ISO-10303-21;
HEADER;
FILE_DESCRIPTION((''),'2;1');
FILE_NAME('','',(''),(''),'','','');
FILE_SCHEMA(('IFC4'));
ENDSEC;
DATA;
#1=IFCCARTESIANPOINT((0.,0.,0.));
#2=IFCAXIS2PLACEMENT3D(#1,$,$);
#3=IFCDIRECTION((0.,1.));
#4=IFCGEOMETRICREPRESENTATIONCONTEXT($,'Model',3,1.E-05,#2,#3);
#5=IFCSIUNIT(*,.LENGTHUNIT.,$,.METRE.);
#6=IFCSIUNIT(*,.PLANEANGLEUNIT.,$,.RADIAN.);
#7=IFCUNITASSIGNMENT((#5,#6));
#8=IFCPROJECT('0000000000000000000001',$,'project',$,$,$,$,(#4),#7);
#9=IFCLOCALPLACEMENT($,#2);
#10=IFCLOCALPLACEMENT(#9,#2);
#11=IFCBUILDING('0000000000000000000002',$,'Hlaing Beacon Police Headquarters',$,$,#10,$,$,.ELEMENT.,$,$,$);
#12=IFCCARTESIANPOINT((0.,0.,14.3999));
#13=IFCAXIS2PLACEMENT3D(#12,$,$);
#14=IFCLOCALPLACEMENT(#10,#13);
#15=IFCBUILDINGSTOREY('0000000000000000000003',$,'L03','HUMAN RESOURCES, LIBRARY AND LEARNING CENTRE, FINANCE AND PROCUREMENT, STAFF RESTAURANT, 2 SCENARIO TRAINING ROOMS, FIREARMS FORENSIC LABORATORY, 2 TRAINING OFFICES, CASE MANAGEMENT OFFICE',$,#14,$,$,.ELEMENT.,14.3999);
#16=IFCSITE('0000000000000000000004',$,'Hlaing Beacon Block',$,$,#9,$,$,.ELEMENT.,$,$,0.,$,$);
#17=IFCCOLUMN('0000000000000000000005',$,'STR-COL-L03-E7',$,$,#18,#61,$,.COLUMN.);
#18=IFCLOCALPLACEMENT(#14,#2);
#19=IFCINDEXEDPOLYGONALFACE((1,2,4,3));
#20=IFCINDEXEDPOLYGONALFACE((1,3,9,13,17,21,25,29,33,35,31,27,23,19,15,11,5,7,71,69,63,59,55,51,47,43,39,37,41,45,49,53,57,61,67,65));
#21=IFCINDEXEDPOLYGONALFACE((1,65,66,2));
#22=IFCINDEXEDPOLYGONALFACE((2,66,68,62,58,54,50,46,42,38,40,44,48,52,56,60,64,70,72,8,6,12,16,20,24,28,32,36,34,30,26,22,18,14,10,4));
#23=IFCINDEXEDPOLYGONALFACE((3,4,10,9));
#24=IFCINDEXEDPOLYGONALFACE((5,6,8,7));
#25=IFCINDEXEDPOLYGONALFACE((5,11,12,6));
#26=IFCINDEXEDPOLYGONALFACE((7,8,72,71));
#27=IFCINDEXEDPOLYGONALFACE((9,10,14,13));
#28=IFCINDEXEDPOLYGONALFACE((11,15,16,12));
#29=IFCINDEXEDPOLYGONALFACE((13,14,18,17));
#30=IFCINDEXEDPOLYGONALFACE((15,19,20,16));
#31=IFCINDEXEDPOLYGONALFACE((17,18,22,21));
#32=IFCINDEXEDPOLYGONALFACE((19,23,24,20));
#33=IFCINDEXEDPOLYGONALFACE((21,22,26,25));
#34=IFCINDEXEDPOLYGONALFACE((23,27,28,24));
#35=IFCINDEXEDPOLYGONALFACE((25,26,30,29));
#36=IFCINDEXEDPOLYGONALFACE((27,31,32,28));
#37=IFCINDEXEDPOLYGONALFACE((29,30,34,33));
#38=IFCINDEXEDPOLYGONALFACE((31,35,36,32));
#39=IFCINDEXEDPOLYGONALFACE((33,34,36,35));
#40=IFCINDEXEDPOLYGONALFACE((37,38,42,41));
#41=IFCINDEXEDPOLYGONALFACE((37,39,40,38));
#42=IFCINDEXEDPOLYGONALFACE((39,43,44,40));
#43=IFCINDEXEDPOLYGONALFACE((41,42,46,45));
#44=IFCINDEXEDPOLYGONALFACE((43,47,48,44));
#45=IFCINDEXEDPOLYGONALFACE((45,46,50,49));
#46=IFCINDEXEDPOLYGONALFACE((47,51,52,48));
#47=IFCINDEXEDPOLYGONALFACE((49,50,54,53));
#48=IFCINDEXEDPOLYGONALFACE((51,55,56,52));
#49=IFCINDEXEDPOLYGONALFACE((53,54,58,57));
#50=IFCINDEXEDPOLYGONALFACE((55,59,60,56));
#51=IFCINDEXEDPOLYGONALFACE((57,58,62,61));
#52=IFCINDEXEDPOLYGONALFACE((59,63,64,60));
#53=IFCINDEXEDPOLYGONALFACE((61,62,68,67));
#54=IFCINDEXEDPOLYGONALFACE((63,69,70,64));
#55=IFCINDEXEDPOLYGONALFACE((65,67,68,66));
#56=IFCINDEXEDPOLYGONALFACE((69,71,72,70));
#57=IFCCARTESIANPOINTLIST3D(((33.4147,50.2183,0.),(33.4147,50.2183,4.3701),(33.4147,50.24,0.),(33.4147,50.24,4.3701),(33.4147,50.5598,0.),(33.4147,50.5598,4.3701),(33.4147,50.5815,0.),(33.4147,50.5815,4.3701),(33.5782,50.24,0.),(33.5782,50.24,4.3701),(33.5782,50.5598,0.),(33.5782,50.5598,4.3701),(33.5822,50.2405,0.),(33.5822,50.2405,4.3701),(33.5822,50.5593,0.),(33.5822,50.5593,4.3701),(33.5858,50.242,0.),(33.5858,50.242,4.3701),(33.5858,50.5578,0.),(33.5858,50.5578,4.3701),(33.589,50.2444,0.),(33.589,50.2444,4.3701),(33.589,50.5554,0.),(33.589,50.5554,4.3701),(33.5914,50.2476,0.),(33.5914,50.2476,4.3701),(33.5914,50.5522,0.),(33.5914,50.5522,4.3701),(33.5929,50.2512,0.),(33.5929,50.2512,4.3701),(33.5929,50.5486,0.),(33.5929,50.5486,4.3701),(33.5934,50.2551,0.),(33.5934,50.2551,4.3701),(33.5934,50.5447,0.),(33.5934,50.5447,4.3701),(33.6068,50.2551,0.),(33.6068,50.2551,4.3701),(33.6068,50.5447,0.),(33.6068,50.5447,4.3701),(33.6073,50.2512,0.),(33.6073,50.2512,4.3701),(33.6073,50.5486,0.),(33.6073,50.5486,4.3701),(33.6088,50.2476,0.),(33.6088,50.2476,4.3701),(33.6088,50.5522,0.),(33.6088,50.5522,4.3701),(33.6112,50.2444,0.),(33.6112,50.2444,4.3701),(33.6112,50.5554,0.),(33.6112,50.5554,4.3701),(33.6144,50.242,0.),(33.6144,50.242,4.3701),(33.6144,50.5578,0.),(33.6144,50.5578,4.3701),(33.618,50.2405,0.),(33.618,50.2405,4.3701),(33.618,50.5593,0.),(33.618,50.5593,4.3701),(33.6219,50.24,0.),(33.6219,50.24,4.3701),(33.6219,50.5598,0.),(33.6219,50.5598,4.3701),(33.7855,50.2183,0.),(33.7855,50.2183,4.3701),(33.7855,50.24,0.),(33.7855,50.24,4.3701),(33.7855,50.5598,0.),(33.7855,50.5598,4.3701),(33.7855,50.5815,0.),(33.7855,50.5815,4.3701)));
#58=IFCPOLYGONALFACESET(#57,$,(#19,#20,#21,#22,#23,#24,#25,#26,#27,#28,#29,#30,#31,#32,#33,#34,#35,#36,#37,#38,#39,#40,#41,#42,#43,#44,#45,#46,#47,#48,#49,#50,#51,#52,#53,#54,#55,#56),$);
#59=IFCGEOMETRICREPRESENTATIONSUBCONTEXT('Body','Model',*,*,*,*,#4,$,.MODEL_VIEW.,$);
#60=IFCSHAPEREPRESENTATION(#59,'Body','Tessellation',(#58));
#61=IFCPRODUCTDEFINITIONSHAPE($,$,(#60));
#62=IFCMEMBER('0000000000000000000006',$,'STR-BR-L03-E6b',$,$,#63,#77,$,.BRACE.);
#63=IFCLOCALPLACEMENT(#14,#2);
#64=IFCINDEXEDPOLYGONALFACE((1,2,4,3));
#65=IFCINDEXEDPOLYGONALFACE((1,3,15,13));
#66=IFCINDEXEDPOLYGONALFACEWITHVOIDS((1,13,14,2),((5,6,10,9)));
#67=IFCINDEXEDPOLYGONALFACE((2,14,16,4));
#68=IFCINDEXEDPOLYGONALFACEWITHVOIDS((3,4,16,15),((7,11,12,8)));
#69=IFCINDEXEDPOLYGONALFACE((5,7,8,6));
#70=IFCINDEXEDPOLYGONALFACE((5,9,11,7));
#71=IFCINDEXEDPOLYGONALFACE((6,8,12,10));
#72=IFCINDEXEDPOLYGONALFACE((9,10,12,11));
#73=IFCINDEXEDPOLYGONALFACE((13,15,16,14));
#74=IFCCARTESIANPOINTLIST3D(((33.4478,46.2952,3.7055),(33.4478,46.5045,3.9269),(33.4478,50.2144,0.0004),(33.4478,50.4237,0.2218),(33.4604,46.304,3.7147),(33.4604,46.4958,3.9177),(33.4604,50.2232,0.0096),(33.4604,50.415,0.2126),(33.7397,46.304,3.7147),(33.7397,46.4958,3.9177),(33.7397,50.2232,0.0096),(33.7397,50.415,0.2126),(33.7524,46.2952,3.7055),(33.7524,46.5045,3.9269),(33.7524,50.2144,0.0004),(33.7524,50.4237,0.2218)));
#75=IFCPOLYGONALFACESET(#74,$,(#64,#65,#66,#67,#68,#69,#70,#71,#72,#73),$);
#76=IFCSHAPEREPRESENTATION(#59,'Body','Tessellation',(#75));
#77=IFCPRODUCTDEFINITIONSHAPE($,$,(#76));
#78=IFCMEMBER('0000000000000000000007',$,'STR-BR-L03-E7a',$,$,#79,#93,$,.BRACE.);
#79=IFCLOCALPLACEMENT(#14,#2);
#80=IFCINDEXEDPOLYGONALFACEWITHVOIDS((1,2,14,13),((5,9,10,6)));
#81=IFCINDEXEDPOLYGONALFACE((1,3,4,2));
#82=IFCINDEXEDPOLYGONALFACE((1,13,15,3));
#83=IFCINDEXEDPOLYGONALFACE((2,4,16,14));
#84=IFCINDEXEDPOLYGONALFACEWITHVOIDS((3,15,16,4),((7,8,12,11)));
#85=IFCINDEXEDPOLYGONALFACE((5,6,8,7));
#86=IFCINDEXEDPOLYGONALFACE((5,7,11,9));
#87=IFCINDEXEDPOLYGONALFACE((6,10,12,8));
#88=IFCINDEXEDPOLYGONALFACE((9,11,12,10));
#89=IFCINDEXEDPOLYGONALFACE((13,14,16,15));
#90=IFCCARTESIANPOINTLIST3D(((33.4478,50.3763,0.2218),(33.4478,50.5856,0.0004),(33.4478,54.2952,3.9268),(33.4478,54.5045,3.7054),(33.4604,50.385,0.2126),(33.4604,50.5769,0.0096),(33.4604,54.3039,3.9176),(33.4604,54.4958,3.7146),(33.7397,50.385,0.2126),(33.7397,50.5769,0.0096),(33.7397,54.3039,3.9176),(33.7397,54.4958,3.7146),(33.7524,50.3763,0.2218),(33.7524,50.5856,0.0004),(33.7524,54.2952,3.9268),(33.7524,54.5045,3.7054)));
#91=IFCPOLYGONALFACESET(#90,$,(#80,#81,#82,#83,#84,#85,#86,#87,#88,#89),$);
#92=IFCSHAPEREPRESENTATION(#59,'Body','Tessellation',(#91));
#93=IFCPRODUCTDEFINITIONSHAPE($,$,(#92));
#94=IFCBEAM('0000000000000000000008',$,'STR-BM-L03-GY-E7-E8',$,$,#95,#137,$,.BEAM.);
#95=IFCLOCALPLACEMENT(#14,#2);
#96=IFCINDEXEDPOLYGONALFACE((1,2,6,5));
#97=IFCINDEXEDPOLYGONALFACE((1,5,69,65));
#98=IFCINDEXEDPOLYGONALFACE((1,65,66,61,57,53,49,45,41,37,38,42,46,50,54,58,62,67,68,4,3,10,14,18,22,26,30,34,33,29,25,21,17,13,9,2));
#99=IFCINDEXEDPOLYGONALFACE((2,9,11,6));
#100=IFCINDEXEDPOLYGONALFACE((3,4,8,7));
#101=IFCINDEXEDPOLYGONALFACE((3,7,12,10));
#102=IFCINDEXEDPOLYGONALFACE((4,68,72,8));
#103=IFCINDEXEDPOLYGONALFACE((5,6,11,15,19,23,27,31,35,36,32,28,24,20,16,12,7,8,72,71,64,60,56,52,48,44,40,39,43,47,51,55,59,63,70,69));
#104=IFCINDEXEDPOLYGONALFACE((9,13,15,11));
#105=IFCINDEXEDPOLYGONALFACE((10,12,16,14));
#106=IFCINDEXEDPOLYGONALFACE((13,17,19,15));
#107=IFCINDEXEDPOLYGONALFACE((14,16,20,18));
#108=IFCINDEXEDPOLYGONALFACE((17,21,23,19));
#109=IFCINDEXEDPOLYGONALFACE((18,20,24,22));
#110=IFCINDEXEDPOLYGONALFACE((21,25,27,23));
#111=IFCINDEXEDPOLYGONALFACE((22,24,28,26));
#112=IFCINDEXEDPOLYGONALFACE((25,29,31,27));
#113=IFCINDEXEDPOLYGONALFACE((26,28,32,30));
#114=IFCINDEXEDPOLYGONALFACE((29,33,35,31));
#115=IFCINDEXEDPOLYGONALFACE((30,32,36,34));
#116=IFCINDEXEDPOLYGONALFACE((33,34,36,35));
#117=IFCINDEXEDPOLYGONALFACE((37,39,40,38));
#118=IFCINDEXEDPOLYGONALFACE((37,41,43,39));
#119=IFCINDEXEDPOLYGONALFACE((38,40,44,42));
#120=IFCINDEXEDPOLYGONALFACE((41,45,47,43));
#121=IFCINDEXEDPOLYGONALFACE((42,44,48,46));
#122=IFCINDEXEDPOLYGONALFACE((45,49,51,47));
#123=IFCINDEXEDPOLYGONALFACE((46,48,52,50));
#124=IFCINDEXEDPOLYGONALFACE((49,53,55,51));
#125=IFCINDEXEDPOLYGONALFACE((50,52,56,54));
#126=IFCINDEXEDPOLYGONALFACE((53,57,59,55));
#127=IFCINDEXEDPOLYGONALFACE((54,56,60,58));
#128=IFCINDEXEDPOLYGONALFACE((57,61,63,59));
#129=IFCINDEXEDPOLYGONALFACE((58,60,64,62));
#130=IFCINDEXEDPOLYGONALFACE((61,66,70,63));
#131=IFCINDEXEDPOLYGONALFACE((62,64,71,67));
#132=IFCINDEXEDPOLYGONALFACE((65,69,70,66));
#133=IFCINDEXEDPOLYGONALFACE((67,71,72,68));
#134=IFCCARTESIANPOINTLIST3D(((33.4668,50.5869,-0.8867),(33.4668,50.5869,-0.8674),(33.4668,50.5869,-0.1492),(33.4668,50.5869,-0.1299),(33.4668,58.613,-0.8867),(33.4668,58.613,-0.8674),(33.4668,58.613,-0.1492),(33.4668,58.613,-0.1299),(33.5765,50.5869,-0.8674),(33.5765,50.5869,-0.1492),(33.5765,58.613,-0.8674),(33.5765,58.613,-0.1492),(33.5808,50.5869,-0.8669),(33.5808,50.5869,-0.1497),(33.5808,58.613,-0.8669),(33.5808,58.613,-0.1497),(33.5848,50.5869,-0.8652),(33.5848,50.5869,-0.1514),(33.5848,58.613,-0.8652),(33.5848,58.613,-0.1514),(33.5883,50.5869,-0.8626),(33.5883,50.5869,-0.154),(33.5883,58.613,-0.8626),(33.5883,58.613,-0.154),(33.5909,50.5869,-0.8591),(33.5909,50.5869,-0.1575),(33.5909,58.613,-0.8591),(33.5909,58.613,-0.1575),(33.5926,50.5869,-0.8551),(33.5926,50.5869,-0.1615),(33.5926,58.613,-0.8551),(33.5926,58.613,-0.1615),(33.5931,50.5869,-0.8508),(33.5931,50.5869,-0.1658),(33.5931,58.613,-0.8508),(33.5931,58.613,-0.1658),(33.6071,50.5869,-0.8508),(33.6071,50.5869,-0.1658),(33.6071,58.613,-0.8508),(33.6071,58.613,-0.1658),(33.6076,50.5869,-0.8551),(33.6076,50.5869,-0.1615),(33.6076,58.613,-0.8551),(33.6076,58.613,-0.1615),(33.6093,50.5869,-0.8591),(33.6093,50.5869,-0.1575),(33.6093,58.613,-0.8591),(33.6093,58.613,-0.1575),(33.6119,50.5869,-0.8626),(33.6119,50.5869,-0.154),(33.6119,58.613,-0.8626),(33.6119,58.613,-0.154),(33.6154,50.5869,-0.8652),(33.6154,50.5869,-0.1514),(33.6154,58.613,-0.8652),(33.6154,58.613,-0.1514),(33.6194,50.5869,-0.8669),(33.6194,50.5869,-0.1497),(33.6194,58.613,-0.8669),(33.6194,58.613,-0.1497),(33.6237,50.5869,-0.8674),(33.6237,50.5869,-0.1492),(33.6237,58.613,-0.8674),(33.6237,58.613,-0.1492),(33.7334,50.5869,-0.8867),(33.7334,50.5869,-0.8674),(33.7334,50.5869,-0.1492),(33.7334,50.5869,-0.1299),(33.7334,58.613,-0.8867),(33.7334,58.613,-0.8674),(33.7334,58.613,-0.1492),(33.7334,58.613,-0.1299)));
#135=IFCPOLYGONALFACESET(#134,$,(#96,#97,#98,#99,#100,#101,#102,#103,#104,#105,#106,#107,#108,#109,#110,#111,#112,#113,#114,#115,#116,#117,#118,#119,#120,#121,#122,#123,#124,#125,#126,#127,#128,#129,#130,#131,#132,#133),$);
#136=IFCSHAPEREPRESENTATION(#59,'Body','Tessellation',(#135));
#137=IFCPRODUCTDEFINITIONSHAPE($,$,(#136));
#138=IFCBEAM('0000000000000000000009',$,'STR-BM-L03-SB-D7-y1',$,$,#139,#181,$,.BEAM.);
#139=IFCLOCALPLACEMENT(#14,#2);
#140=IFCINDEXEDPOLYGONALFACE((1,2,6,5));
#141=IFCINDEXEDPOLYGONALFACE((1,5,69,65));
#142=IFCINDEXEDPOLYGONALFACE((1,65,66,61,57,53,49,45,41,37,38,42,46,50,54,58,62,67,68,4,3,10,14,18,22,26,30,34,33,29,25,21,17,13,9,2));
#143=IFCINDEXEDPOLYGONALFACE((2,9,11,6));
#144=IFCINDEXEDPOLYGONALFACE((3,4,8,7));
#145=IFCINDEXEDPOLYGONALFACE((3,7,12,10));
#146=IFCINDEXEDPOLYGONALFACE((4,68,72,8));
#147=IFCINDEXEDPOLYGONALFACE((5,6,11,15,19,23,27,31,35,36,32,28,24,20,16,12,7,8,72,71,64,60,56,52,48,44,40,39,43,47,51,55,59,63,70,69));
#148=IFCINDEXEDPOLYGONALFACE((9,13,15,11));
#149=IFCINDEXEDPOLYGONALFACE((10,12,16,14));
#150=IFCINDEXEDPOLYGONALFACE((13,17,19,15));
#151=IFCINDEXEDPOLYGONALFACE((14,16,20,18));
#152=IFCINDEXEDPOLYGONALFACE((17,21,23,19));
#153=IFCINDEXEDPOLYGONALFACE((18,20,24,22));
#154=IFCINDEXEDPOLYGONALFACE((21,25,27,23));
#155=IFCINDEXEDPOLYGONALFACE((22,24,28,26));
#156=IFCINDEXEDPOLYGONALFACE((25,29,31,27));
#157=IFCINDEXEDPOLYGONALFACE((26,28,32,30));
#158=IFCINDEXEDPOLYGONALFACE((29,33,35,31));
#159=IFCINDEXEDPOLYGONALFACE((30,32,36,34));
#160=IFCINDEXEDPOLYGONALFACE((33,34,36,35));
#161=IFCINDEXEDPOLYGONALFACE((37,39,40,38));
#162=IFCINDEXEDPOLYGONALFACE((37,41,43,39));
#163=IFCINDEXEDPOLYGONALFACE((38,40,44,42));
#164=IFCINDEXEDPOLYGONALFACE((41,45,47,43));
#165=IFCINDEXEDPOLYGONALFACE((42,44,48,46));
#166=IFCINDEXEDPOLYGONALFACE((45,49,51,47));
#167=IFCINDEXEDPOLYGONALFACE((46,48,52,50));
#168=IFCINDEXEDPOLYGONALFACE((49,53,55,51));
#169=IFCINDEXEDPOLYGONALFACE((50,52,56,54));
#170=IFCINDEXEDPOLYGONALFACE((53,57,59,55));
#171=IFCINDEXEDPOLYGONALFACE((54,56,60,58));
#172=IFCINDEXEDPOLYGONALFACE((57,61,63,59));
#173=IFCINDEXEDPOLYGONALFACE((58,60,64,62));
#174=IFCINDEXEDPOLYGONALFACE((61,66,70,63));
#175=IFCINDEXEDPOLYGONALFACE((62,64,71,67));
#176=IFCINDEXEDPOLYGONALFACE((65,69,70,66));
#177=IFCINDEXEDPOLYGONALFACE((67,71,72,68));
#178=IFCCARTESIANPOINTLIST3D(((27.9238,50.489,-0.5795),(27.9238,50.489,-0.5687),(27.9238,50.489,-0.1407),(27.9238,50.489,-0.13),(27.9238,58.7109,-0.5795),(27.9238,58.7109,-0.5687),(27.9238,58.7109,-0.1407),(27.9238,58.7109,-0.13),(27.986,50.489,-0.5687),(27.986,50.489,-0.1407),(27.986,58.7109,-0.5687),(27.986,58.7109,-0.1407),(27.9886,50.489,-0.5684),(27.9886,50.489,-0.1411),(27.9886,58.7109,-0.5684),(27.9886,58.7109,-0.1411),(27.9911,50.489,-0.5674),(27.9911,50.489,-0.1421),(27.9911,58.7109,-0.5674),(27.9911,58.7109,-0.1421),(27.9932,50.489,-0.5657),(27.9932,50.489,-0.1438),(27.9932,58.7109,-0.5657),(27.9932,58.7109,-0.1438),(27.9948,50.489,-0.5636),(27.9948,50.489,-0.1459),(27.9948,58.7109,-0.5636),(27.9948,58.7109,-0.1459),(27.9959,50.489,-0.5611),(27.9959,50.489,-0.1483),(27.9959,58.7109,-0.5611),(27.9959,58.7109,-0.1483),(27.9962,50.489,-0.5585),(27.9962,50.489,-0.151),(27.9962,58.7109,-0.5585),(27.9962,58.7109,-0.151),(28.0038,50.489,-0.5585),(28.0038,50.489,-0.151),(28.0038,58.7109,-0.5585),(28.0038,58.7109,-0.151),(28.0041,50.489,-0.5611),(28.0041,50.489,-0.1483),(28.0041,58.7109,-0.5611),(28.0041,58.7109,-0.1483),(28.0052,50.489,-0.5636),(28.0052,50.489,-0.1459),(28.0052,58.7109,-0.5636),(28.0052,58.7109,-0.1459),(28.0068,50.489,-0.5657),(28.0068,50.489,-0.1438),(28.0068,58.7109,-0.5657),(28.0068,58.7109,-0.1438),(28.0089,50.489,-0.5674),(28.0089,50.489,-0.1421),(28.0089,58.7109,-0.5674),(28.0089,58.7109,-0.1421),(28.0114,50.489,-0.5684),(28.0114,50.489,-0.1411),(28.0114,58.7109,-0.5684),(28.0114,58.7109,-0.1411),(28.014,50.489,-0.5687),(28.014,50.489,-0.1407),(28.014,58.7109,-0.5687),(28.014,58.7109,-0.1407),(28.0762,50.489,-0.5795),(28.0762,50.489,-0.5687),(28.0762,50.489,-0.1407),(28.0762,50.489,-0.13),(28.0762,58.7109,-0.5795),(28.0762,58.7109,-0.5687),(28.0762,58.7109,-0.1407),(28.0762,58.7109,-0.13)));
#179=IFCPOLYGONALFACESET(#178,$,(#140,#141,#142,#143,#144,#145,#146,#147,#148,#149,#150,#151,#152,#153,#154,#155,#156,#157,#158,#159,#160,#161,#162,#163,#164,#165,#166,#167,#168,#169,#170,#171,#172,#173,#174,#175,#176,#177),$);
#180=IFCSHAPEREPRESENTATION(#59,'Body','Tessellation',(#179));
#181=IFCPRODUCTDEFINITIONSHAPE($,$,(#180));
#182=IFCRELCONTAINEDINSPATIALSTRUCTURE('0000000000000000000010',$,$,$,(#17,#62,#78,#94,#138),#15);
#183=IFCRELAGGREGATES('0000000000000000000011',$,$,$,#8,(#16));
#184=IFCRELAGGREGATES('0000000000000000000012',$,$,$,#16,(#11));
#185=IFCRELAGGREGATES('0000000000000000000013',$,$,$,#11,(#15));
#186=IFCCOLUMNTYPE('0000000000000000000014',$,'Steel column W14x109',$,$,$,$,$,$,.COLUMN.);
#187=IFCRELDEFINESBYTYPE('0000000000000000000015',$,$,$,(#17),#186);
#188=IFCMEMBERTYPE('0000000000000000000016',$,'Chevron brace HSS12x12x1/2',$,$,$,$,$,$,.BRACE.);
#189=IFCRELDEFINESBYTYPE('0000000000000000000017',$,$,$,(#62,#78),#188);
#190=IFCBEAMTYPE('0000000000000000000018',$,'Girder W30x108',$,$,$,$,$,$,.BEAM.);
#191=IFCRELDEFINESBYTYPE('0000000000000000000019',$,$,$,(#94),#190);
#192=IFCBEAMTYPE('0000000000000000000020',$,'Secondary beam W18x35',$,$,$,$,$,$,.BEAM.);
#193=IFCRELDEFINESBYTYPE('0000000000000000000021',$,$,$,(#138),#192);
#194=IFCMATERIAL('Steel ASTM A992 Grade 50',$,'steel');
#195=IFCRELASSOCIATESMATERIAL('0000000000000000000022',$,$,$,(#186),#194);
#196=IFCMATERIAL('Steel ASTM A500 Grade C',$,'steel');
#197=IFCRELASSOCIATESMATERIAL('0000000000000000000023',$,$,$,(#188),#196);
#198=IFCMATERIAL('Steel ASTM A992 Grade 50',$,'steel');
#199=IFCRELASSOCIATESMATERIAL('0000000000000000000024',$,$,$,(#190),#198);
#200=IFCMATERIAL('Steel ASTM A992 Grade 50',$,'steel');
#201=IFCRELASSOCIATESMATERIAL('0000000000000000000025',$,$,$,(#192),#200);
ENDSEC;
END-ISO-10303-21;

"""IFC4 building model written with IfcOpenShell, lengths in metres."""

from ifc_helpers import new_model, si_unit, direction, frame, origin, origin_2d, place, context, subcontext, project, spatial, hollow_rectangle, i_section, extrude, material, material_profile, profile_set, type_object, element, save


model = new_model("IFC4")

# Units and contexts
model_context = context("Model", 3, precision=1e-05, world=origin(), true_north=direction((0.0, 1.0)))
body_context = subcontext(model_context, "Body", "Model", "MODEL_VIEW")
ifc_project = project(units=[si_unit("LENGTHUNIT", "METRE"), si_unit("PLANEANGLEUNIT", "RADIAN")], contexts=[model_context])

# Site, building, storey
site_placement = place(None, origin())
site = spatial("IfcSite", under=ifc_project, at=site_placement, Name="Hlaing Beacon Block", CompositionType="ELEMENT", RefElevation=0.0)
building_placement = place(site_placement, origin())
building = spatial("IfcBuilding", under=site, at=building_placement, Name="Hlaing Beacon Police Headquarters", CompositionType="ELEMENT")
storey_placement = place(building_placement, frame((0.0, 0.0, 14.3999)))
storey = spatial("IfcBuildingStorey", under=building, at=storey_placement, Name="L03", Description="HUMAN RESOURCES, LIBRARY AND LEARNING CENTRE, FINANCE AND PROCUREMENT, STAFF RESTAURANT, 2 SCENARIO TRAINING ROOMS, FIREARMS FORENSIC LABORATORY, 2 TRAINING OFFICES, CASE MANAGEMENT OFFICE", CompositionType="ELEMENT", Elevation=14.3999)

# Column
ifc_material_1 = material(Name="Steel ASTM A992 Grade 50", Category="steel")
ifc_material_profile_1 = material_profile(ifc_material_1, i_section(OverallWidth=0.3708, OverallDepth=0.3633, WebThickness=0.0134, FlangeThickness=0.0217, FilletRadius=0.0151, at=origin_2d()), Name="W14x109")
ifc_profile_set_1 = profile_set([ifc_material_profile_1], Name="Steel ASTM A992 Grade 50")
column_type = type_object("IfcColumnType", Name="Steel column W14x109", PredefinedType="COLUMN", material=ifc_profile_set_1)
column_placement = place(storey_placement, frame((33.6001, 50.3999, 0.0), z_axis=(0.0, 0.0, 1.0), x_axis=(1.0, 0.0, 0.0)))
element("IfcColumn", 1, at=column_placement, inside=storey, type_object=column_type, Name="STR-COL-L03-E7", PredefinedType="COLUMN", context=body_context, shape_type="SweptSolid", body=[
    extrude(i_section(OverallWidth=0.3708, OverallDepth=0.3633, WebThickness=0.0134, FlangeThickness=0.0217, FilletRadius=0.0151, at=origin_2d()), origin(), (0.0, 0.0, 1.0), 4.3701),
])

# Members
ifc_material_2 = material(Name="Steel ASTM A500 Grade C", Category="steel")
ifc_material_profile_2 = material_profile(ifc_material_2, hollow_rectangle(XDim=0.3047, YDim=0.3047, WallThickness=0.0127, at=origin_2d()), Name="HSS12x12x1/2")
ifc_profile_set_2 = profile_set([ifc_material_profile_2], Name="Steel ASTM A500 Grade C")
member_type = type_object("IfcMemberType", Name="Chevron brace HSS12x12x1/2", PredefinedType="BRACE", material=ifc_profile_set_2)
member_1_placement = place(storey_placement, frame((33.6001, 50.3191, 0.1111), z_axis=(0.0, -0.726678, 0.686978), x_axis=(1.0, 0.0, 0.0)))
element("IfcMember", 2, at=member_1_placement, inside=storey, type_object=member_type, Name="STR-BR-L03-E6b", PredefinedType="BRACE", context=body_context, shape_type="SweptSolid", body=[
    extrude(hollow_rectangle(XDim=0.3047, YDim=0.3047, WallThickness=0.0127, at=origin_2d()), origin(), (0.0, 0.0, 1.0), 5.3933),
])
member_2_placement = place(storey_placement, frame((33.6001, 50.481, 0.1111), z_axis=(0.0, 0.726657, 0.687001), x_axis=(-1.0, 0.0, 0.0)))
element("IfcMember", 3, at=member_2_placement, inside=storey, type_object=member_type, Name="STR-BR-L03-E7a", PredefinedType="BRACE", context=body_context, shape_type="SweptSolid", body=[
    extrude(hollow_rectangle(XDim=0.3047, YDim=0.3047, WallThickness=0.0127, at=origin_2d()), origin(), (0.0, 0.0, 1.0), 5.3931),
])

# Beams
ifc_material_3 = material(Name="Steel ASTM A992 Grade 50", Category="steel")
ifc_material_profile_3 = material_profile(ifc_material_3, i_section(OverallWidth=0.2666, OverallDepth=0.7568, WebThickness=0.0139, FlangeThickness=0.0193, FilletRadius=0.0166, at=origin_2d()), Name="W30x108")
ifc_profile_set_3 = profile_set([ifc_material_profile_3], Name="Steel ASTM A992 Grade 50")
beam_type_1 = type_object("IfcBeamType", Name="Girder W30x108", PredefinedType="BEAM", material=ifc_profile_set_3)
beam_placement = place(storey_placement, frame((33.6001, 50.5869, -0.5083), z_axis=(0.0, 1.0, 0.0), x_axis=(-1.0, 0.0, 0.0)))
element("IfcBeam", 4, at=beam_placement, inside=storey, type_object=beam_type_1, Name="STR-BM-L03-GY-E7-E8", PredefinedType="BEAM", context=body_context, shape_type="SweptSolid", body=[
    extrude(i_section(OverallWidth=0.2666, OverallDepth=0.7568, WebThickness=0.0139, FlangeThickness=0.0193, FilletRadius=0.0166, at=origin_2d()), origin(), (0.0, 0.0, 1.0), 8.0261),
])
ifc_material_4 = material(Name="Steel ASTM A992 Grade 50", Category="steel")
ifc_material_profile_4 = material_profile(ifc_material_4, i_section(OverallWidth=0.1523, OverallDepth=0.4495, WebThickness=0.0076, FlangeThickness=0.0107, FilletRadius=0.0103, at=origin_2d()), Name="W18x35")
ifc_profile_set_4 = profile_set([ifc_material_profile_4], Name="Steel ASTM A992 Grade 50")
beam_type_2 = type_object("IfcBeamType", Name="Secondary beam W18x35", PredefinedType="BEAM", material=ifc_profile_set_4)
for number, where, z_axis, x_axis, name in (
    (5, (28.0, 50.489, -0.3547), (0.0, 1.0, 0.0), (-1.0, 0.0, 0.0), "STR-BM-L03-SB-D7-y1"),
):
    element("IfcBeam", number, at=place(storey_placement, frame(where, z_axis=z_axis, x_axis=x_axis)), inside=storey, type_object=beam_type_2, Name=name, PredefinedType="BEAM", context=body_context, shape_type="SweptSolid", body=[
        extrude(i_section(OverallWidth=0.1523, OverallDepth=0.4495, WebThickness=0.0076, FlangeThickness=0.0107, FilletRadius=0.0103, at=origin_2d()), origin(), (0.0, 0.0, 1.0), 8.2219),
    ])

save(model, "model.ifc")
